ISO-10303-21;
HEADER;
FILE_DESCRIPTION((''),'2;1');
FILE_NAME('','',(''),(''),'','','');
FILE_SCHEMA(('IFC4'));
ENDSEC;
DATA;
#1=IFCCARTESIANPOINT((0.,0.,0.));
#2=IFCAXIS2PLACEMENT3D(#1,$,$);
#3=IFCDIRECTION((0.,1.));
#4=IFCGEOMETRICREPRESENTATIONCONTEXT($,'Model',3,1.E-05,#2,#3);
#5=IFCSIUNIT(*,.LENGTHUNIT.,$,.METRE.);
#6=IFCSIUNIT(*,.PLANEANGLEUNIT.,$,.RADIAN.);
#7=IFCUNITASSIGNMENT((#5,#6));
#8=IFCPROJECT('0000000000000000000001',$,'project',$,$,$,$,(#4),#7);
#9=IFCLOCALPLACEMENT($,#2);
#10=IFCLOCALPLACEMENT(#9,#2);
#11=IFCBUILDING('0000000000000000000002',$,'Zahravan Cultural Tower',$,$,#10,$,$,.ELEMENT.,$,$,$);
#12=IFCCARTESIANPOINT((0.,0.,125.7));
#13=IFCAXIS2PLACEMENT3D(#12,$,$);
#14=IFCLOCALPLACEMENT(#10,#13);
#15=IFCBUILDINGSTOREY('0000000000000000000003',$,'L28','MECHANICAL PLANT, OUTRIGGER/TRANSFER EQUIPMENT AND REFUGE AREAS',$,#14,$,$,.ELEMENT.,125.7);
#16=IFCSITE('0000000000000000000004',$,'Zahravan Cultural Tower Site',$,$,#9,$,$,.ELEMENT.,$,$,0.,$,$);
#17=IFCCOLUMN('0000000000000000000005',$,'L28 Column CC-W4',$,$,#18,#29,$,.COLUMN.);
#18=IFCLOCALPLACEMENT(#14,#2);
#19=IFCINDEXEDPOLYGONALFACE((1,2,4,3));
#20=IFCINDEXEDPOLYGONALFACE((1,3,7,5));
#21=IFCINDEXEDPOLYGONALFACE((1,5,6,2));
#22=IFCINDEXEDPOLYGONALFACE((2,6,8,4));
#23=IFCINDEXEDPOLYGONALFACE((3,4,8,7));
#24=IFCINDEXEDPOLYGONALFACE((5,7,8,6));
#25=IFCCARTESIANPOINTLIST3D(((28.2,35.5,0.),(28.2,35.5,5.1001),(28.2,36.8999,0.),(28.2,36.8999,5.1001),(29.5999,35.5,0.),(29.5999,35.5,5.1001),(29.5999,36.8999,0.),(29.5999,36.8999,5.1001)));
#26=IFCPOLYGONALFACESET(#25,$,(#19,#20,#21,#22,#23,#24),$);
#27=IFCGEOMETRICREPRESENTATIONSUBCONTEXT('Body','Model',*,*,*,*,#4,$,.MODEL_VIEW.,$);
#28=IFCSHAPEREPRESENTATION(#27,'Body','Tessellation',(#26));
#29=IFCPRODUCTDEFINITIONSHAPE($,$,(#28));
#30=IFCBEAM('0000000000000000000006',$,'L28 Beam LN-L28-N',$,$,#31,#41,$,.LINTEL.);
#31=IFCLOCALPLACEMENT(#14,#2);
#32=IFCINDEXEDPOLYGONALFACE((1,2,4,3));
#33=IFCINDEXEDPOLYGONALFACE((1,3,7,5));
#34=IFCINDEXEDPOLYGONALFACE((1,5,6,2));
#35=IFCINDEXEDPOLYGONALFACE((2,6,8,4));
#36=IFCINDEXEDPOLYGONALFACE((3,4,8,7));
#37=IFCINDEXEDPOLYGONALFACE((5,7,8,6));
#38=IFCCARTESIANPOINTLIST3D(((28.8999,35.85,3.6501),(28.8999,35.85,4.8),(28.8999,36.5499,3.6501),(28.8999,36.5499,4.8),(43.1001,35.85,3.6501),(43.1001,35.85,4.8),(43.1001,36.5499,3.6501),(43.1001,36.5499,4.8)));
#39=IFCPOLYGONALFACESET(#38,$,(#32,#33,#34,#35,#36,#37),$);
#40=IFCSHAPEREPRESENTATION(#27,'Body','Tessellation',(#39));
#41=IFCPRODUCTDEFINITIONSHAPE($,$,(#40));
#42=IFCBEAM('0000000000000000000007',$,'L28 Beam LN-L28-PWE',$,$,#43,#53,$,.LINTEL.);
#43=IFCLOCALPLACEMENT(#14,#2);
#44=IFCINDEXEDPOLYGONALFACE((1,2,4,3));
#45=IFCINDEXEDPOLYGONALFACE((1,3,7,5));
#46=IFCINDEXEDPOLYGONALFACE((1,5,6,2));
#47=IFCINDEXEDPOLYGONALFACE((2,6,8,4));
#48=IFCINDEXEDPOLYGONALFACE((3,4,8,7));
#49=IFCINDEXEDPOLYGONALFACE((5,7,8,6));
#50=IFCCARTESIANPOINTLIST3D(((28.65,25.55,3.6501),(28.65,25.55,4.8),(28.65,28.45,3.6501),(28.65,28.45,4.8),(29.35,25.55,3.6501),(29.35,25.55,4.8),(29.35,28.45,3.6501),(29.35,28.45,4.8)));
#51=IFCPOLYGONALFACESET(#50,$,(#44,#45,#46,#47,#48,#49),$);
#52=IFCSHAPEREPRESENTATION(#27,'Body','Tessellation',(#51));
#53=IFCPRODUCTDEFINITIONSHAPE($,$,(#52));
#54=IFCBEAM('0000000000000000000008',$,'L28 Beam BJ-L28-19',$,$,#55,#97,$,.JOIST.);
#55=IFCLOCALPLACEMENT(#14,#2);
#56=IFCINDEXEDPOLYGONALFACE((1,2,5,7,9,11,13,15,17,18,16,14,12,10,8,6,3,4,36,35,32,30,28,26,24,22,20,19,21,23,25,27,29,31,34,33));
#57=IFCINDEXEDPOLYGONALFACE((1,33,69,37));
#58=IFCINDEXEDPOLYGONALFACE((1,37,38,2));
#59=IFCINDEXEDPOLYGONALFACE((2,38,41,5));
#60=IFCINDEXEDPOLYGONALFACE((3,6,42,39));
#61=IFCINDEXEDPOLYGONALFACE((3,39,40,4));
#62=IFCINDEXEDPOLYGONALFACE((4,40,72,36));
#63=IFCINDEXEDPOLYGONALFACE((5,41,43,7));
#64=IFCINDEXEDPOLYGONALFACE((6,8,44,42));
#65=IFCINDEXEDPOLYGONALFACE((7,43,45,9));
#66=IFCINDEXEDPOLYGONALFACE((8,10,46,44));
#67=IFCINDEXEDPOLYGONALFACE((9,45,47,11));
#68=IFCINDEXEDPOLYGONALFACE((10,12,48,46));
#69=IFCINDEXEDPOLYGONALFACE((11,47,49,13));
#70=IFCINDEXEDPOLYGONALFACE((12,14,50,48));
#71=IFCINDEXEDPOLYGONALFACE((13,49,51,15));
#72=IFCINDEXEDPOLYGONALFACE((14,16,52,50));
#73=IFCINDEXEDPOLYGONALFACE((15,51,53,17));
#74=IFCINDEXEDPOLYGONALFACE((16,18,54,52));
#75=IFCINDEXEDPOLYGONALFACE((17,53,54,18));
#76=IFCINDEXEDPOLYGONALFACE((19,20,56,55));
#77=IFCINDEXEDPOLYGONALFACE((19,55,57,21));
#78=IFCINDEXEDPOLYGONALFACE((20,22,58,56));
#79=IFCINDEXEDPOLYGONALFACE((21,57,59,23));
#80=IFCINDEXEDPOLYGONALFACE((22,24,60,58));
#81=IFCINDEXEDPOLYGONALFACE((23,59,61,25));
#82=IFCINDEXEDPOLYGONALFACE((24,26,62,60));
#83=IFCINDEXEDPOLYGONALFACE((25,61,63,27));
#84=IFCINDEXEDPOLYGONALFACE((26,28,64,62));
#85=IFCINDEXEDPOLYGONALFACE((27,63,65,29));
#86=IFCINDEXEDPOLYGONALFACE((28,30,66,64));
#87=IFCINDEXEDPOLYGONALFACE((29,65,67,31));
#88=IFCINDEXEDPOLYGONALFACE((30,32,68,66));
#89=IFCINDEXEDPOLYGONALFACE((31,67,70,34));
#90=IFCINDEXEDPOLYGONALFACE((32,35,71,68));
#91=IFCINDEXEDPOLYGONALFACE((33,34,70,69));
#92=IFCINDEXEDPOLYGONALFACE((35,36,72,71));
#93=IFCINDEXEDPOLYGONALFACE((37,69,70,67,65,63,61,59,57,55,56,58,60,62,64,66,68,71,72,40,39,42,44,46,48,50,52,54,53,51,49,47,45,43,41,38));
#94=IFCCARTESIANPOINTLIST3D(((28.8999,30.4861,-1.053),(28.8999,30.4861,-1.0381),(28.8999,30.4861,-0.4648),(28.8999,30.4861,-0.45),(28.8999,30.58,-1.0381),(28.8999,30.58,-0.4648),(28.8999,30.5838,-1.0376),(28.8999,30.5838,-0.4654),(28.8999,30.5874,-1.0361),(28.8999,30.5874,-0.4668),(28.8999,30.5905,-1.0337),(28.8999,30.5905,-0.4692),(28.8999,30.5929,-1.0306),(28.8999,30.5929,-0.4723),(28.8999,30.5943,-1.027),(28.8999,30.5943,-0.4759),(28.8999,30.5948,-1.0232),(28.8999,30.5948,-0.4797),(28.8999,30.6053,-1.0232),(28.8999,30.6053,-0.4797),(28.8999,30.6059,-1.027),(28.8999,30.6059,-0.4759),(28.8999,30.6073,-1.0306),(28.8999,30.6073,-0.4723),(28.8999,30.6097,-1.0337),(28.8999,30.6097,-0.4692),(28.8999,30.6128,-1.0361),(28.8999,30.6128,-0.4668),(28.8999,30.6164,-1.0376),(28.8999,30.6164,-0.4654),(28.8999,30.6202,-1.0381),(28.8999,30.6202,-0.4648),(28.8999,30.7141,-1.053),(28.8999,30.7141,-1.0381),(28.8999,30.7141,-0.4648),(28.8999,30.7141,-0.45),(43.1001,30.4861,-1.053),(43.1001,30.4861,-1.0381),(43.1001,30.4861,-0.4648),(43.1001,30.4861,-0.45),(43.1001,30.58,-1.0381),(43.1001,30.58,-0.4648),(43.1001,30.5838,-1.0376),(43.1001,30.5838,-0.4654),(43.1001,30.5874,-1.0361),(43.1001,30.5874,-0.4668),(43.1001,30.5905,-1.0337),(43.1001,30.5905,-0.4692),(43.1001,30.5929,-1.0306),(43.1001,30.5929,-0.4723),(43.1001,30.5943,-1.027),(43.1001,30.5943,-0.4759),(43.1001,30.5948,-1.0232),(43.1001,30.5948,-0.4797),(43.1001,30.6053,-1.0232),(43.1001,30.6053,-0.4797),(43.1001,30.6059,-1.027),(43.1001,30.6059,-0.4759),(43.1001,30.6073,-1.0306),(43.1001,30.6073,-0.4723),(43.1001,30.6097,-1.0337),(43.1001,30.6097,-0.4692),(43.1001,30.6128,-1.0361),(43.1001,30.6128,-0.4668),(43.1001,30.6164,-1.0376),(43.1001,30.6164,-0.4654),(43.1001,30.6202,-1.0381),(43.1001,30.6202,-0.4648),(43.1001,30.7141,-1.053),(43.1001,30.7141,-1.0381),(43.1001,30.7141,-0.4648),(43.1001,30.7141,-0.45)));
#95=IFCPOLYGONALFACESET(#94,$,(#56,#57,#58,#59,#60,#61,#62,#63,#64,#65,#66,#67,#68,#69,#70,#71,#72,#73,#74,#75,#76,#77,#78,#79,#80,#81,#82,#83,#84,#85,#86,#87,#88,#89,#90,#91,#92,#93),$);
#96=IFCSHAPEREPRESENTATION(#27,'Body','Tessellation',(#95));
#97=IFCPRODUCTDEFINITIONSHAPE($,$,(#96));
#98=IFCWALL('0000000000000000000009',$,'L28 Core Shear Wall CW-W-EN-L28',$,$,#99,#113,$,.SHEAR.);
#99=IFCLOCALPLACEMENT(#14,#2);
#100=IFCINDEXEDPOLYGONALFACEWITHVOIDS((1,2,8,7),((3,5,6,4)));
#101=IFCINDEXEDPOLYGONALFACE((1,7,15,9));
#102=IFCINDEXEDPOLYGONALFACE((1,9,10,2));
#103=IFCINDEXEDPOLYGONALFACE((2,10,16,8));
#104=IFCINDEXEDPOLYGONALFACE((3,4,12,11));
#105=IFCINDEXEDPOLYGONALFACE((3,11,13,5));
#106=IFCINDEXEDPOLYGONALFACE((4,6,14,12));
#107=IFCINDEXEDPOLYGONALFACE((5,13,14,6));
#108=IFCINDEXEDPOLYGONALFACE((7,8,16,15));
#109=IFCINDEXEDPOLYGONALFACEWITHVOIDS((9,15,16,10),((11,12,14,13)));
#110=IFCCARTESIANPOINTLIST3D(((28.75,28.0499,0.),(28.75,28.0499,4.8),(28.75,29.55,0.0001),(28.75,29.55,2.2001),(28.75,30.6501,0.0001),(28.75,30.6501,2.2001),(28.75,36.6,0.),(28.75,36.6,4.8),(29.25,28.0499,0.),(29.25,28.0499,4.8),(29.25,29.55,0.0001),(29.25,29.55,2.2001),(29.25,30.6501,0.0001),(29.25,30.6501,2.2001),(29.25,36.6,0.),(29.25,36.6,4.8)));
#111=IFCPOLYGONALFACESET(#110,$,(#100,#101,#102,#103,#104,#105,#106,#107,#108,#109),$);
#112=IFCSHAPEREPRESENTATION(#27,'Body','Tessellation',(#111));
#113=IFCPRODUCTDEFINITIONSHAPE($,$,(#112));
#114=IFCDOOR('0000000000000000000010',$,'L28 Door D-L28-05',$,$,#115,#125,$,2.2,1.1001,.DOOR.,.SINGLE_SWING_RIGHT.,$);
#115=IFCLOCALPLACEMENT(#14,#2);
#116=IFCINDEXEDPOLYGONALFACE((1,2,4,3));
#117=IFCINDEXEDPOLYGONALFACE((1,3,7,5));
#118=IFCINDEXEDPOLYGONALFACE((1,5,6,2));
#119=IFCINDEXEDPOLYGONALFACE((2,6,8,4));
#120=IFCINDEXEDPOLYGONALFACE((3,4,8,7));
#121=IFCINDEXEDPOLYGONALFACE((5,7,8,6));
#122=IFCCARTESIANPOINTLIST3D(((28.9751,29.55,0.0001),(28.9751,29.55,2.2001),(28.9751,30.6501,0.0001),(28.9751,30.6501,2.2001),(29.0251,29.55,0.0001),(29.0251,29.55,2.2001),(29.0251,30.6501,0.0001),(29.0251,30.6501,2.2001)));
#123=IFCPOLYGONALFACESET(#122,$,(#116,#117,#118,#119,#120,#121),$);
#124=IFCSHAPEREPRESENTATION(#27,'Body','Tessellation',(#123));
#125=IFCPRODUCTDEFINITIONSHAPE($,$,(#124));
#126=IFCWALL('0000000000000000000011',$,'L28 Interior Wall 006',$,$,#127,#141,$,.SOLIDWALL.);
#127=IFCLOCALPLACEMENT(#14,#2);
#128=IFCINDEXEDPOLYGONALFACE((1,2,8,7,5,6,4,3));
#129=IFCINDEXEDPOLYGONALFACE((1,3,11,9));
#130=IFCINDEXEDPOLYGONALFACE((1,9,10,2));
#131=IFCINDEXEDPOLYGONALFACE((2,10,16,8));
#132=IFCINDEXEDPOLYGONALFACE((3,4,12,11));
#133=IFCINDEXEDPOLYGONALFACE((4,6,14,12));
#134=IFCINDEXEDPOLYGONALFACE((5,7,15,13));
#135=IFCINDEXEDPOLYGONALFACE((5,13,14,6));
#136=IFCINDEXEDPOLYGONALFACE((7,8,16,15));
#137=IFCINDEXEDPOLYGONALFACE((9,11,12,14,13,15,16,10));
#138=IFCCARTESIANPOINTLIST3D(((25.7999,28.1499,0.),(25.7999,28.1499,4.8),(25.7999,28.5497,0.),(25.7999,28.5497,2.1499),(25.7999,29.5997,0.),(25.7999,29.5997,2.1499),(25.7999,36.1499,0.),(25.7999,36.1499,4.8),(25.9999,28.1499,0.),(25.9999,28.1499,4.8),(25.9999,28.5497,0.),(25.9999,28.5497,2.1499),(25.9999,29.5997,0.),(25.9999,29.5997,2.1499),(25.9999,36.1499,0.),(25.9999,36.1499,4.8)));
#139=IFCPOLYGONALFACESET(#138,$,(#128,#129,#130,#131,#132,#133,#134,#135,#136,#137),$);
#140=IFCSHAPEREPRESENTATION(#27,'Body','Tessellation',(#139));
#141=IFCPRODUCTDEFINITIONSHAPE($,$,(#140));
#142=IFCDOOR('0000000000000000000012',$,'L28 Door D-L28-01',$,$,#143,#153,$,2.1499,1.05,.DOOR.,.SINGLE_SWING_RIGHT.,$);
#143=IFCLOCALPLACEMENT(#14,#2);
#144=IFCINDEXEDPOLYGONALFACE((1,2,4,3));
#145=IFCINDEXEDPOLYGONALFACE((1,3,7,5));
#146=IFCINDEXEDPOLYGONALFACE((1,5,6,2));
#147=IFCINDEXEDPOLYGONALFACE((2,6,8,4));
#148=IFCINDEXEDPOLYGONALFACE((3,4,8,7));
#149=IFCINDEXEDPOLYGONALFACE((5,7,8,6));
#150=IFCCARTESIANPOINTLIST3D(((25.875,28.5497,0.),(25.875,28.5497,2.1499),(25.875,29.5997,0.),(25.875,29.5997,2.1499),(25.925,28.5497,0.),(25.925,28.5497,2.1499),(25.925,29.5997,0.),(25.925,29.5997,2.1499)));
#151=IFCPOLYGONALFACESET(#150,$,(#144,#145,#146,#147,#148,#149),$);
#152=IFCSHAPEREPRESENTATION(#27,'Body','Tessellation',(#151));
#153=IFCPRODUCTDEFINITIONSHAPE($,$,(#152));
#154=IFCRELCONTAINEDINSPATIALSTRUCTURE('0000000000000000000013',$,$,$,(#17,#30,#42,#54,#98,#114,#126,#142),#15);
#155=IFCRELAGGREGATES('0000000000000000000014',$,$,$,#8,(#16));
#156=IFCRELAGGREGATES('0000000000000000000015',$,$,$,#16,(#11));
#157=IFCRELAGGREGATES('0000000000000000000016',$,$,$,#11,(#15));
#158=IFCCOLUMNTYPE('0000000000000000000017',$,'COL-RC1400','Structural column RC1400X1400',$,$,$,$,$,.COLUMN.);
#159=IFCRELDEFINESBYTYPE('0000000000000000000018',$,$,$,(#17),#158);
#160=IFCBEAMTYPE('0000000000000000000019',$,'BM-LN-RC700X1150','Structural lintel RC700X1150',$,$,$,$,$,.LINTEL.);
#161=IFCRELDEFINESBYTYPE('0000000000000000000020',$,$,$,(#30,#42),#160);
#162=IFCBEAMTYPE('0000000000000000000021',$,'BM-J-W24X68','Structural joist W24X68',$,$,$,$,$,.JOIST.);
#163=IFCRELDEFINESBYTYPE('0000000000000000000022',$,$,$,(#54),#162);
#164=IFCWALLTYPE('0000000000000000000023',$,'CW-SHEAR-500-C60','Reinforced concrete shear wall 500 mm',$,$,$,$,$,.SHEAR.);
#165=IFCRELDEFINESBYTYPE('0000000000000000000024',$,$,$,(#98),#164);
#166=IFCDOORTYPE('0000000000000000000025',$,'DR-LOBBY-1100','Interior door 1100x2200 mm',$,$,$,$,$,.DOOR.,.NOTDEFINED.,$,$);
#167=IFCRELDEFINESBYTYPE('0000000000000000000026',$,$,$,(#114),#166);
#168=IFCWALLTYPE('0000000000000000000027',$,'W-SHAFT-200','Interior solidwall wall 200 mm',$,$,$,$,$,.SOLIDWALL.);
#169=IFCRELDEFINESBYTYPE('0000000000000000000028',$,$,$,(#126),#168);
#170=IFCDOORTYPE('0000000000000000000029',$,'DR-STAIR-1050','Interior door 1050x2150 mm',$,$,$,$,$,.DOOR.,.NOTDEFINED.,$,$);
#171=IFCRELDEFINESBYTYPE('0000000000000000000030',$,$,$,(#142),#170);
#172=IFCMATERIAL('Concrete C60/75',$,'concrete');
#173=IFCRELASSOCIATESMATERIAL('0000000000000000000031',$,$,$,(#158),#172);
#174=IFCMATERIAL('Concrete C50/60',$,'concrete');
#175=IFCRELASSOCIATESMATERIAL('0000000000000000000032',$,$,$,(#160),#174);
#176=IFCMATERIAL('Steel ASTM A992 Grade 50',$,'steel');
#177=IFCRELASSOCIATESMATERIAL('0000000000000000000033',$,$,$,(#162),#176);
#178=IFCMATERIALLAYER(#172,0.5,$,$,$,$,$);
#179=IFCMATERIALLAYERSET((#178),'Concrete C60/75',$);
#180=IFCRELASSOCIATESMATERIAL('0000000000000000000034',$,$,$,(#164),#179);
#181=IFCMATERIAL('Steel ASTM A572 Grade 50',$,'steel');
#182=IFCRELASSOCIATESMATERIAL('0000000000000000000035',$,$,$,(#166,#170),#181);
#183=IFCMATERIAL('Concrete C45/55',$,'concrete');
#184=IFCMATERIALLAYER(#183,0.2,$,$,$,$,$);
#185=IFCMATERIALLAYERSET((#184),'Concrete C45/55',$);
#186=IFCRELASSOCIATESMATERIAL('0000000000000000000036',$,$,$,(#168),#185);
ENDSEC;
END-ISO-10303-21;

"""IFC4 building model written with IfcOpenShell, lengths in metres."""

from ifc_helpers import new_model, si_unit, direction, frame, frame_2d, origin, origin_2d, place, context, subcontext, project, spatial, rectangle, i_section, extrude, source, transform, mapped, material, layer, layer_set, material_profile, profile_set, type_object, element, fill, save


model = new_model("IFC4")

# Units and contexts
model_context = context("Model", 3, precision=1e-05, world=origin(), true_north=direction((0.0, 1.0)))
body_context = subcontext(model_context, "Body", "Model", "MODEL_VIEW")
ifc_project = project(units=[si_unit("LENGTHUNIT", "METRE"), si_unit("PLANEANGLEUNIT", "RADIAN")], contexts=[model_context])

# Site, building, storey
site_placement = place(None, origin())
site = spatial("IfcSite", under=ifc_project, at=site_placement, Name="Zahravan Cultural Tower Site", CompositionType="ELEMENT", RefElevation=0.0)
building_placement = place(site_placement, origin())
building = spatial("IfcBuilding", under=site, at=building_placement, Name="Zahravan Cultural Tower", CompositionType="ELEMENT")
storey_placement = place(building_placement, frame((0.0, 0.0, 125.7)))
storey = spatial("IfcBuildingStorey", under=building, at=storey_placement, Name="L28", Description="MECHANICAL PLANT, OUTRIGGER/TRANSFER EQUIPMENT AND REFUGE AREAS", CompositionType="ELEMENT", Elevation=125.7)

# Column
ifc_material_1 = material(Name="Concrete C60/75", Category="concrete")
ifc_material_profile_1 = material_profile(ifc_material_1, rectangle(XDim=1.3999, YDim=1.3999, at=origin_2d()), Name="RC1400X1400")
ifc_profile_set_1 = profile_set([ifc_material_profile_1], Name="Concrete C60/75")
column_type = type_object("IfcColumnType", Name="COL-RC1400", Description="Structural column RC1400X1400", PredefinedType="COLUMN", material=ifc_profile_set_1)
shared_shape_1 = source(origin(), body_context, "Body", "SweptSolid", [
    extrude(rectangle(XDim=1.3999, YDim=1.3999, at=origin_2d()), origin(), (0.0, 0.0, 1.0), 5.1001),
])
column_placement = place(storey_placement, frame((28.8999, 36.2, 0.0), z_axis=(0.0, 0.0, 1.0), x_axis=(1.0, 0.0, 0.0)))
element("IfcColumn", 1, at=column_placement, inside=storey, type_object=column_type, Name="L28 Column CC-W4", PredefinedType="COLUMN", context=body_context, shape_type="MappedRepresentation", body=[
    mapped(shared_shape_1, transform((0.0, 0.0, 0.0), x_axis=(1.0, 0.0, 0.0), y_axis=(0.0, 1.0, 0.0), z_axis=(0.0, 0.0, 1.0), scale=1.0)),
])

# Beams
ifc_material_2 = material(Name="Concrete C50/60", Category="concrete")
ifc_material_profile_2 = material_profile(ifc_material_2, rectangle(XDim=0.7, YDim=1.1499, at=origin_2d()), Name="RC700X1150")
ifc_profile_set_2 = profile_set([ifc_material_profile_2], Name="Concrete C50/60")
beam_type_1 = type_object("IfcBeamType", Name="BM-LN-RC700X1150", Description="Structural lintel RC700X1150", PredefinedType="LINTEL", material=ifc_profile_set_2)
shared_shape_2 = source(origin(), body_context, "Body", "SweptSolid", [
    extrude(rectangle(XDim=0.7, YDim=1.1499, at=origin_2d()), origin(), (0.0, 0.0, 1.0), 14.2002),
])
beam_1_placement = place(storey_placement, frame((28.8999, 36.2, 4.2251), z_axis=(1.0, 0.0, 0.0), x_axis=(0.0, 1.0, 0.0)))
element("IfcBeam", 2, at=beam_1_placement, inside=storey, type_object=beam_type_1, Name="L28 Beam LN-L28-N", PredefinedType="LINTEL", context=body_context, shape_type="MappedRepresentation", body=[
    mapped(shared_shape_2, transform((0.0, 0.0, 0.0), x_axis=(1.0, 0.0, 0.0), y_axis=(0.0, 1.0, 0.0), z_axis=(0.0, 0.0, 1.0), scale=1.0)),
])
shared_shape_3 = source(origin(), body_context, "Body", "SweptSolid", [
    extrude(rectangle(XDim=0.7, YDim=1.1499, at=origin_2d()), origin(), (0.0, 0.0, 1.0), 2.8999),
])
beam_2_placement = place(storey_placement, frame((29.0, 25.55, 4.2251), z_axis=(0.0, 1.0, 0.0), x_axis=(-1.0, 0.0, 0.0)))
element("IfcBeam", 3, at=beam_2_placement, inside=storey, type_object=beam_type_1, Name="L28 Beam LN-L28-PWE", PredefinedType="LINTEL", context=body_context, shape_type="MappedRepresentation", body=[
    mapped(shared_shape_3, transform((0.0, 0.0, 0.0), x_axis=(1.0, 0.0, 0.0), y_axis=(0.0, 1.0, 0.0), z_axis=(0.0, 0.0, 1.0), scale=1.0)),
])
ifc_material_3 = material(Name="Steel ASTM A992 Grade 50", Category="steel")
ifc_material_profile_3 = material_profile(ifc_material_3, i_section(OverallWidth=0.228, OverallDepth=0.603, WebThickness=0.0105, FlangeThickness=0.0149, FilletRadius=0.0149, at=origin_2d()), Name="W24X68")
ifc_profile_set_3 = profile_set([ifc_material_profile_3], Name="Steel ASTM A992 Grade 50")
beam_type_2 = type_object("IfcBeamType", Name="BM-J-W24X68", Description="Structural joist W24X68", PredefinedType="JOIST", material=ifc_profile_set_3)
shared_shape_4 = source(origin(), body_context, "Body", "SweptSolid", [
    extrude(i_section(OverallWidth=0.228, OverallDepth=0.603, WebThickness=0.0105, FlangeThickness=0.0149, FilletRadius=0.0149, at=origin_2d()), origin(), (0.0, 0.0, 1.0), 14.2002),
])
beam_3_placement = place(storey_placement, frame((28.8999, 30.6001, -0.7515), z_axis=(1.0, 0.0, 0.0), x_axis=(0.0, 1.0, 0.0)))
element("IfcBeam", 4, at=beam_3_placement, inside=storey, type_object=beam_type_2, Name="L28 Beam BJ-L28-19", PredefinedType="JOIST", context=body_context, shape_type="MappedRepresentation", body=[
    mapped(shared_shape_4, transform((0.0, 0.0, 0.0), x_axis=(1.0, 0.0, 0.0), y_axis=(0.0, 1.0, 0.0), z_axis=(0.0, 0.0, 1.0), scale=1.0)),
])

# Walls, openings, doors
ifc_layer_1 = layer(ifc_material_1, 0.5)
ifc_layer_set_1 = layer_set([ifc_layer_1], Name="Concrete C60/75")
wall_type_1 = type_object("IfcWallType", Name="CW-SHEAR-500-C60", Description="Reinforced concrete shear wall 500 mm", PredefinedType="SHEAR", material=ifc_layer_set_1)
wall_1_placement = place(storey_placement, frame((29.0, 28.05, 0.0), z_axis=(0.0, 0.0, 1.0), x_axis=(0.0, 1.0, 0.0)))
wall_1 = element("IfcWall", 5, at=wall_1_placement, inside=storey, type_object=wall_type_1, Name="L28 Core Shear Wall CW-W-EN-L28", PredefinedType="SHEAR", context=body_context, shape_type="SweptSolid", body=[
    extrude(rectangle(XDim=8.55, YDim=0.5, at=frame_2d((4.2749, 0.0))), origin(), (0.0, 0.0, 1.0), 4.8),
])
opening_1_placement = place(wall_1_placement, frame((1.5, 0.0, 0.0)))
opening_1 = element("IfcOpeningElement", 6, at=opening_1_placement, cuts=wall_1, PredefinedType="OPENING", context=body_context, shape_type="SweptSolid", body=[
    extrude(rectangle(XDim=1.1001, YDim=2.2, at=frame_2d((0.55, 1.1001))), frame((0.0, 0.26, 0.0), z_axis=(0.0, -1.0, 0.0), x_axis=(1.0, 0.0, 0.0)), (0.0, 0.0, 1.0), 0.52),
])
ifc_material_4 = material(Name="Steel ASTM A572 Grade 50", Category="steel")
door_type_1 = type_object("IfcDoorType", Name="DR-LOBBY-1100", Description="Interior door 1100x2200 mm", OperationType="NOTDEFINED", PredefinedType="DOOR", material=ifc_material_4)
shared_shape_5 = source(origin(), body_context, "Body", "SweptSolid", [
    extrude(rectangle(XDim=1.1001, YDim=2.2, at=frame_2d((0.55, 1.1001))), frame((0.0, 0.0249, 0.0), z_axis=(0.0, -1.0, 0.0), x_axis=(1.0, 0.0, 0.0)), (0.0, 0.0, 1.0), 0.05),
])
door_1_placement = place(opening_1_placement, origin())
door_1 = element("IfcDoor", 7, at=door_1_placement, inside=storey, type_object=door_type_1, Name="L28 Door D-L28-05", OperationType="SINGLE_SWING_RIGHT", OverallHeight=2.2, OverallWidth=1.1001, PredefinedType="DOOR", context=body_context, shape_type="MappedRepresentation", body=[
    mapped(shared_shape_5, transform((0.0, 0.0, 0.0), x_axis=(1.0, 0.0, 0.0), y_axis=(0.0, 1.0, 0.0), z_axis=(0.0, 0.0, 1.0), scale=1.0)),
])
fill(opening_1, door_1)
ifc_material_5 = material(Name="Concrete C45/55", Category="concrete")
ifc_layer_2 = layer(ifc_material_5, 0.2)
ifc_layer_set_2 = layer_set([ifc_layer_2], Name="Concrete C45/55")
wall_type_2 = type_object("IfcWallType", Name="W-SHAFT-200", Description="Interior solidwall wall 200 mm", PredefinedType="SOLIDWALL", material=ifc_layer_set_2)
wall_2_placement = place(storey_placement, frame((25.8999, 28.1499, 0.0), z_axis=(0.0, 0.0, 1.0), x_axis=(0.0, 1.0, 0.0)))
wall_2 = element("IfcWall", 8, at=wall_2_placement, inside=storey, type_object=wall_type_2, Name="L28 Interior Wall 006", PredefinedType="SOLIDWALL", context=body_context, shape_type="SweptSolid", body=[
    extrude(rectangle(XDim=8.0, YDim=0.2, at=frame_2d((4.0, 0.0))), origin(), (0.0, 0.0, 1.0), 4.8),
])
opening_2_placement = place(wall_2_placement, frame((0.3999, 0.0, 0.0)))
opening_2 = element("IfcOpeningElement", 9, at=opening_2_placement, cuts=wall_2, PredefinedType="OPENING", context=body_context, shape_type="SweptSolid", body=[
    extrude(rectangle(XDim=1.05, YDim=2.1499, at=frame_2d((0.5249, 1.075))), frame((0.0, 0.1099, 0.0), z_axis=(0.0, -1.0, 0.0), x_axis=(1.0, 0.0, 0.0)), (0.0, 0.0, 1.0), 0.22),
])
door_type_2 = type_object("IfcDoorType", Name="DR-STAIR-1050", Description="Interior door 1050x2150 mm", OperationType="NOTDEFINED", PredefinedType="DOOR", material=ifc_material_4)
shared_shape_6 = source(origin(), body_context, "Body", "SweptSolid", [
    extrude(rectangle(XDim=1.05, YDim=2.1499, at=frame_2d((0.5249, 1.075))), frame((0.0, 0.0249, 0.0), z_axis=(0.0, -1.0, 0.0), x_axis=(1.0, 0.0, 0.0)), (0.0, 0.0, 1.0), 0.05),
])
door_2_placement = place(opening_2_placement, origin())
door_2 = element("IfcDoor", 10, at=door_2_placement, inside=storey, type_object=door_type_2, Name="L28 Door D-L28-01", OperationType="SINGLE_SWING_RIGHT", OverallHeight=2.1499, OverallWidth=1.05, PredefinedType="DOOR", context=body_context, shape_type="MappedRepresentation", body=[
    mapped(shared_shape_6, transform((0.0, 0.0, 0.0), x_axis=(1.0, 0.0, 0.0), y_axis=(0.0, 1.0, 0.0), z_axis=(0.0, 0.0, 1.0), scale=1.0)),
])
fill(opening_2, door_2)

save(model, "model.ifc")
